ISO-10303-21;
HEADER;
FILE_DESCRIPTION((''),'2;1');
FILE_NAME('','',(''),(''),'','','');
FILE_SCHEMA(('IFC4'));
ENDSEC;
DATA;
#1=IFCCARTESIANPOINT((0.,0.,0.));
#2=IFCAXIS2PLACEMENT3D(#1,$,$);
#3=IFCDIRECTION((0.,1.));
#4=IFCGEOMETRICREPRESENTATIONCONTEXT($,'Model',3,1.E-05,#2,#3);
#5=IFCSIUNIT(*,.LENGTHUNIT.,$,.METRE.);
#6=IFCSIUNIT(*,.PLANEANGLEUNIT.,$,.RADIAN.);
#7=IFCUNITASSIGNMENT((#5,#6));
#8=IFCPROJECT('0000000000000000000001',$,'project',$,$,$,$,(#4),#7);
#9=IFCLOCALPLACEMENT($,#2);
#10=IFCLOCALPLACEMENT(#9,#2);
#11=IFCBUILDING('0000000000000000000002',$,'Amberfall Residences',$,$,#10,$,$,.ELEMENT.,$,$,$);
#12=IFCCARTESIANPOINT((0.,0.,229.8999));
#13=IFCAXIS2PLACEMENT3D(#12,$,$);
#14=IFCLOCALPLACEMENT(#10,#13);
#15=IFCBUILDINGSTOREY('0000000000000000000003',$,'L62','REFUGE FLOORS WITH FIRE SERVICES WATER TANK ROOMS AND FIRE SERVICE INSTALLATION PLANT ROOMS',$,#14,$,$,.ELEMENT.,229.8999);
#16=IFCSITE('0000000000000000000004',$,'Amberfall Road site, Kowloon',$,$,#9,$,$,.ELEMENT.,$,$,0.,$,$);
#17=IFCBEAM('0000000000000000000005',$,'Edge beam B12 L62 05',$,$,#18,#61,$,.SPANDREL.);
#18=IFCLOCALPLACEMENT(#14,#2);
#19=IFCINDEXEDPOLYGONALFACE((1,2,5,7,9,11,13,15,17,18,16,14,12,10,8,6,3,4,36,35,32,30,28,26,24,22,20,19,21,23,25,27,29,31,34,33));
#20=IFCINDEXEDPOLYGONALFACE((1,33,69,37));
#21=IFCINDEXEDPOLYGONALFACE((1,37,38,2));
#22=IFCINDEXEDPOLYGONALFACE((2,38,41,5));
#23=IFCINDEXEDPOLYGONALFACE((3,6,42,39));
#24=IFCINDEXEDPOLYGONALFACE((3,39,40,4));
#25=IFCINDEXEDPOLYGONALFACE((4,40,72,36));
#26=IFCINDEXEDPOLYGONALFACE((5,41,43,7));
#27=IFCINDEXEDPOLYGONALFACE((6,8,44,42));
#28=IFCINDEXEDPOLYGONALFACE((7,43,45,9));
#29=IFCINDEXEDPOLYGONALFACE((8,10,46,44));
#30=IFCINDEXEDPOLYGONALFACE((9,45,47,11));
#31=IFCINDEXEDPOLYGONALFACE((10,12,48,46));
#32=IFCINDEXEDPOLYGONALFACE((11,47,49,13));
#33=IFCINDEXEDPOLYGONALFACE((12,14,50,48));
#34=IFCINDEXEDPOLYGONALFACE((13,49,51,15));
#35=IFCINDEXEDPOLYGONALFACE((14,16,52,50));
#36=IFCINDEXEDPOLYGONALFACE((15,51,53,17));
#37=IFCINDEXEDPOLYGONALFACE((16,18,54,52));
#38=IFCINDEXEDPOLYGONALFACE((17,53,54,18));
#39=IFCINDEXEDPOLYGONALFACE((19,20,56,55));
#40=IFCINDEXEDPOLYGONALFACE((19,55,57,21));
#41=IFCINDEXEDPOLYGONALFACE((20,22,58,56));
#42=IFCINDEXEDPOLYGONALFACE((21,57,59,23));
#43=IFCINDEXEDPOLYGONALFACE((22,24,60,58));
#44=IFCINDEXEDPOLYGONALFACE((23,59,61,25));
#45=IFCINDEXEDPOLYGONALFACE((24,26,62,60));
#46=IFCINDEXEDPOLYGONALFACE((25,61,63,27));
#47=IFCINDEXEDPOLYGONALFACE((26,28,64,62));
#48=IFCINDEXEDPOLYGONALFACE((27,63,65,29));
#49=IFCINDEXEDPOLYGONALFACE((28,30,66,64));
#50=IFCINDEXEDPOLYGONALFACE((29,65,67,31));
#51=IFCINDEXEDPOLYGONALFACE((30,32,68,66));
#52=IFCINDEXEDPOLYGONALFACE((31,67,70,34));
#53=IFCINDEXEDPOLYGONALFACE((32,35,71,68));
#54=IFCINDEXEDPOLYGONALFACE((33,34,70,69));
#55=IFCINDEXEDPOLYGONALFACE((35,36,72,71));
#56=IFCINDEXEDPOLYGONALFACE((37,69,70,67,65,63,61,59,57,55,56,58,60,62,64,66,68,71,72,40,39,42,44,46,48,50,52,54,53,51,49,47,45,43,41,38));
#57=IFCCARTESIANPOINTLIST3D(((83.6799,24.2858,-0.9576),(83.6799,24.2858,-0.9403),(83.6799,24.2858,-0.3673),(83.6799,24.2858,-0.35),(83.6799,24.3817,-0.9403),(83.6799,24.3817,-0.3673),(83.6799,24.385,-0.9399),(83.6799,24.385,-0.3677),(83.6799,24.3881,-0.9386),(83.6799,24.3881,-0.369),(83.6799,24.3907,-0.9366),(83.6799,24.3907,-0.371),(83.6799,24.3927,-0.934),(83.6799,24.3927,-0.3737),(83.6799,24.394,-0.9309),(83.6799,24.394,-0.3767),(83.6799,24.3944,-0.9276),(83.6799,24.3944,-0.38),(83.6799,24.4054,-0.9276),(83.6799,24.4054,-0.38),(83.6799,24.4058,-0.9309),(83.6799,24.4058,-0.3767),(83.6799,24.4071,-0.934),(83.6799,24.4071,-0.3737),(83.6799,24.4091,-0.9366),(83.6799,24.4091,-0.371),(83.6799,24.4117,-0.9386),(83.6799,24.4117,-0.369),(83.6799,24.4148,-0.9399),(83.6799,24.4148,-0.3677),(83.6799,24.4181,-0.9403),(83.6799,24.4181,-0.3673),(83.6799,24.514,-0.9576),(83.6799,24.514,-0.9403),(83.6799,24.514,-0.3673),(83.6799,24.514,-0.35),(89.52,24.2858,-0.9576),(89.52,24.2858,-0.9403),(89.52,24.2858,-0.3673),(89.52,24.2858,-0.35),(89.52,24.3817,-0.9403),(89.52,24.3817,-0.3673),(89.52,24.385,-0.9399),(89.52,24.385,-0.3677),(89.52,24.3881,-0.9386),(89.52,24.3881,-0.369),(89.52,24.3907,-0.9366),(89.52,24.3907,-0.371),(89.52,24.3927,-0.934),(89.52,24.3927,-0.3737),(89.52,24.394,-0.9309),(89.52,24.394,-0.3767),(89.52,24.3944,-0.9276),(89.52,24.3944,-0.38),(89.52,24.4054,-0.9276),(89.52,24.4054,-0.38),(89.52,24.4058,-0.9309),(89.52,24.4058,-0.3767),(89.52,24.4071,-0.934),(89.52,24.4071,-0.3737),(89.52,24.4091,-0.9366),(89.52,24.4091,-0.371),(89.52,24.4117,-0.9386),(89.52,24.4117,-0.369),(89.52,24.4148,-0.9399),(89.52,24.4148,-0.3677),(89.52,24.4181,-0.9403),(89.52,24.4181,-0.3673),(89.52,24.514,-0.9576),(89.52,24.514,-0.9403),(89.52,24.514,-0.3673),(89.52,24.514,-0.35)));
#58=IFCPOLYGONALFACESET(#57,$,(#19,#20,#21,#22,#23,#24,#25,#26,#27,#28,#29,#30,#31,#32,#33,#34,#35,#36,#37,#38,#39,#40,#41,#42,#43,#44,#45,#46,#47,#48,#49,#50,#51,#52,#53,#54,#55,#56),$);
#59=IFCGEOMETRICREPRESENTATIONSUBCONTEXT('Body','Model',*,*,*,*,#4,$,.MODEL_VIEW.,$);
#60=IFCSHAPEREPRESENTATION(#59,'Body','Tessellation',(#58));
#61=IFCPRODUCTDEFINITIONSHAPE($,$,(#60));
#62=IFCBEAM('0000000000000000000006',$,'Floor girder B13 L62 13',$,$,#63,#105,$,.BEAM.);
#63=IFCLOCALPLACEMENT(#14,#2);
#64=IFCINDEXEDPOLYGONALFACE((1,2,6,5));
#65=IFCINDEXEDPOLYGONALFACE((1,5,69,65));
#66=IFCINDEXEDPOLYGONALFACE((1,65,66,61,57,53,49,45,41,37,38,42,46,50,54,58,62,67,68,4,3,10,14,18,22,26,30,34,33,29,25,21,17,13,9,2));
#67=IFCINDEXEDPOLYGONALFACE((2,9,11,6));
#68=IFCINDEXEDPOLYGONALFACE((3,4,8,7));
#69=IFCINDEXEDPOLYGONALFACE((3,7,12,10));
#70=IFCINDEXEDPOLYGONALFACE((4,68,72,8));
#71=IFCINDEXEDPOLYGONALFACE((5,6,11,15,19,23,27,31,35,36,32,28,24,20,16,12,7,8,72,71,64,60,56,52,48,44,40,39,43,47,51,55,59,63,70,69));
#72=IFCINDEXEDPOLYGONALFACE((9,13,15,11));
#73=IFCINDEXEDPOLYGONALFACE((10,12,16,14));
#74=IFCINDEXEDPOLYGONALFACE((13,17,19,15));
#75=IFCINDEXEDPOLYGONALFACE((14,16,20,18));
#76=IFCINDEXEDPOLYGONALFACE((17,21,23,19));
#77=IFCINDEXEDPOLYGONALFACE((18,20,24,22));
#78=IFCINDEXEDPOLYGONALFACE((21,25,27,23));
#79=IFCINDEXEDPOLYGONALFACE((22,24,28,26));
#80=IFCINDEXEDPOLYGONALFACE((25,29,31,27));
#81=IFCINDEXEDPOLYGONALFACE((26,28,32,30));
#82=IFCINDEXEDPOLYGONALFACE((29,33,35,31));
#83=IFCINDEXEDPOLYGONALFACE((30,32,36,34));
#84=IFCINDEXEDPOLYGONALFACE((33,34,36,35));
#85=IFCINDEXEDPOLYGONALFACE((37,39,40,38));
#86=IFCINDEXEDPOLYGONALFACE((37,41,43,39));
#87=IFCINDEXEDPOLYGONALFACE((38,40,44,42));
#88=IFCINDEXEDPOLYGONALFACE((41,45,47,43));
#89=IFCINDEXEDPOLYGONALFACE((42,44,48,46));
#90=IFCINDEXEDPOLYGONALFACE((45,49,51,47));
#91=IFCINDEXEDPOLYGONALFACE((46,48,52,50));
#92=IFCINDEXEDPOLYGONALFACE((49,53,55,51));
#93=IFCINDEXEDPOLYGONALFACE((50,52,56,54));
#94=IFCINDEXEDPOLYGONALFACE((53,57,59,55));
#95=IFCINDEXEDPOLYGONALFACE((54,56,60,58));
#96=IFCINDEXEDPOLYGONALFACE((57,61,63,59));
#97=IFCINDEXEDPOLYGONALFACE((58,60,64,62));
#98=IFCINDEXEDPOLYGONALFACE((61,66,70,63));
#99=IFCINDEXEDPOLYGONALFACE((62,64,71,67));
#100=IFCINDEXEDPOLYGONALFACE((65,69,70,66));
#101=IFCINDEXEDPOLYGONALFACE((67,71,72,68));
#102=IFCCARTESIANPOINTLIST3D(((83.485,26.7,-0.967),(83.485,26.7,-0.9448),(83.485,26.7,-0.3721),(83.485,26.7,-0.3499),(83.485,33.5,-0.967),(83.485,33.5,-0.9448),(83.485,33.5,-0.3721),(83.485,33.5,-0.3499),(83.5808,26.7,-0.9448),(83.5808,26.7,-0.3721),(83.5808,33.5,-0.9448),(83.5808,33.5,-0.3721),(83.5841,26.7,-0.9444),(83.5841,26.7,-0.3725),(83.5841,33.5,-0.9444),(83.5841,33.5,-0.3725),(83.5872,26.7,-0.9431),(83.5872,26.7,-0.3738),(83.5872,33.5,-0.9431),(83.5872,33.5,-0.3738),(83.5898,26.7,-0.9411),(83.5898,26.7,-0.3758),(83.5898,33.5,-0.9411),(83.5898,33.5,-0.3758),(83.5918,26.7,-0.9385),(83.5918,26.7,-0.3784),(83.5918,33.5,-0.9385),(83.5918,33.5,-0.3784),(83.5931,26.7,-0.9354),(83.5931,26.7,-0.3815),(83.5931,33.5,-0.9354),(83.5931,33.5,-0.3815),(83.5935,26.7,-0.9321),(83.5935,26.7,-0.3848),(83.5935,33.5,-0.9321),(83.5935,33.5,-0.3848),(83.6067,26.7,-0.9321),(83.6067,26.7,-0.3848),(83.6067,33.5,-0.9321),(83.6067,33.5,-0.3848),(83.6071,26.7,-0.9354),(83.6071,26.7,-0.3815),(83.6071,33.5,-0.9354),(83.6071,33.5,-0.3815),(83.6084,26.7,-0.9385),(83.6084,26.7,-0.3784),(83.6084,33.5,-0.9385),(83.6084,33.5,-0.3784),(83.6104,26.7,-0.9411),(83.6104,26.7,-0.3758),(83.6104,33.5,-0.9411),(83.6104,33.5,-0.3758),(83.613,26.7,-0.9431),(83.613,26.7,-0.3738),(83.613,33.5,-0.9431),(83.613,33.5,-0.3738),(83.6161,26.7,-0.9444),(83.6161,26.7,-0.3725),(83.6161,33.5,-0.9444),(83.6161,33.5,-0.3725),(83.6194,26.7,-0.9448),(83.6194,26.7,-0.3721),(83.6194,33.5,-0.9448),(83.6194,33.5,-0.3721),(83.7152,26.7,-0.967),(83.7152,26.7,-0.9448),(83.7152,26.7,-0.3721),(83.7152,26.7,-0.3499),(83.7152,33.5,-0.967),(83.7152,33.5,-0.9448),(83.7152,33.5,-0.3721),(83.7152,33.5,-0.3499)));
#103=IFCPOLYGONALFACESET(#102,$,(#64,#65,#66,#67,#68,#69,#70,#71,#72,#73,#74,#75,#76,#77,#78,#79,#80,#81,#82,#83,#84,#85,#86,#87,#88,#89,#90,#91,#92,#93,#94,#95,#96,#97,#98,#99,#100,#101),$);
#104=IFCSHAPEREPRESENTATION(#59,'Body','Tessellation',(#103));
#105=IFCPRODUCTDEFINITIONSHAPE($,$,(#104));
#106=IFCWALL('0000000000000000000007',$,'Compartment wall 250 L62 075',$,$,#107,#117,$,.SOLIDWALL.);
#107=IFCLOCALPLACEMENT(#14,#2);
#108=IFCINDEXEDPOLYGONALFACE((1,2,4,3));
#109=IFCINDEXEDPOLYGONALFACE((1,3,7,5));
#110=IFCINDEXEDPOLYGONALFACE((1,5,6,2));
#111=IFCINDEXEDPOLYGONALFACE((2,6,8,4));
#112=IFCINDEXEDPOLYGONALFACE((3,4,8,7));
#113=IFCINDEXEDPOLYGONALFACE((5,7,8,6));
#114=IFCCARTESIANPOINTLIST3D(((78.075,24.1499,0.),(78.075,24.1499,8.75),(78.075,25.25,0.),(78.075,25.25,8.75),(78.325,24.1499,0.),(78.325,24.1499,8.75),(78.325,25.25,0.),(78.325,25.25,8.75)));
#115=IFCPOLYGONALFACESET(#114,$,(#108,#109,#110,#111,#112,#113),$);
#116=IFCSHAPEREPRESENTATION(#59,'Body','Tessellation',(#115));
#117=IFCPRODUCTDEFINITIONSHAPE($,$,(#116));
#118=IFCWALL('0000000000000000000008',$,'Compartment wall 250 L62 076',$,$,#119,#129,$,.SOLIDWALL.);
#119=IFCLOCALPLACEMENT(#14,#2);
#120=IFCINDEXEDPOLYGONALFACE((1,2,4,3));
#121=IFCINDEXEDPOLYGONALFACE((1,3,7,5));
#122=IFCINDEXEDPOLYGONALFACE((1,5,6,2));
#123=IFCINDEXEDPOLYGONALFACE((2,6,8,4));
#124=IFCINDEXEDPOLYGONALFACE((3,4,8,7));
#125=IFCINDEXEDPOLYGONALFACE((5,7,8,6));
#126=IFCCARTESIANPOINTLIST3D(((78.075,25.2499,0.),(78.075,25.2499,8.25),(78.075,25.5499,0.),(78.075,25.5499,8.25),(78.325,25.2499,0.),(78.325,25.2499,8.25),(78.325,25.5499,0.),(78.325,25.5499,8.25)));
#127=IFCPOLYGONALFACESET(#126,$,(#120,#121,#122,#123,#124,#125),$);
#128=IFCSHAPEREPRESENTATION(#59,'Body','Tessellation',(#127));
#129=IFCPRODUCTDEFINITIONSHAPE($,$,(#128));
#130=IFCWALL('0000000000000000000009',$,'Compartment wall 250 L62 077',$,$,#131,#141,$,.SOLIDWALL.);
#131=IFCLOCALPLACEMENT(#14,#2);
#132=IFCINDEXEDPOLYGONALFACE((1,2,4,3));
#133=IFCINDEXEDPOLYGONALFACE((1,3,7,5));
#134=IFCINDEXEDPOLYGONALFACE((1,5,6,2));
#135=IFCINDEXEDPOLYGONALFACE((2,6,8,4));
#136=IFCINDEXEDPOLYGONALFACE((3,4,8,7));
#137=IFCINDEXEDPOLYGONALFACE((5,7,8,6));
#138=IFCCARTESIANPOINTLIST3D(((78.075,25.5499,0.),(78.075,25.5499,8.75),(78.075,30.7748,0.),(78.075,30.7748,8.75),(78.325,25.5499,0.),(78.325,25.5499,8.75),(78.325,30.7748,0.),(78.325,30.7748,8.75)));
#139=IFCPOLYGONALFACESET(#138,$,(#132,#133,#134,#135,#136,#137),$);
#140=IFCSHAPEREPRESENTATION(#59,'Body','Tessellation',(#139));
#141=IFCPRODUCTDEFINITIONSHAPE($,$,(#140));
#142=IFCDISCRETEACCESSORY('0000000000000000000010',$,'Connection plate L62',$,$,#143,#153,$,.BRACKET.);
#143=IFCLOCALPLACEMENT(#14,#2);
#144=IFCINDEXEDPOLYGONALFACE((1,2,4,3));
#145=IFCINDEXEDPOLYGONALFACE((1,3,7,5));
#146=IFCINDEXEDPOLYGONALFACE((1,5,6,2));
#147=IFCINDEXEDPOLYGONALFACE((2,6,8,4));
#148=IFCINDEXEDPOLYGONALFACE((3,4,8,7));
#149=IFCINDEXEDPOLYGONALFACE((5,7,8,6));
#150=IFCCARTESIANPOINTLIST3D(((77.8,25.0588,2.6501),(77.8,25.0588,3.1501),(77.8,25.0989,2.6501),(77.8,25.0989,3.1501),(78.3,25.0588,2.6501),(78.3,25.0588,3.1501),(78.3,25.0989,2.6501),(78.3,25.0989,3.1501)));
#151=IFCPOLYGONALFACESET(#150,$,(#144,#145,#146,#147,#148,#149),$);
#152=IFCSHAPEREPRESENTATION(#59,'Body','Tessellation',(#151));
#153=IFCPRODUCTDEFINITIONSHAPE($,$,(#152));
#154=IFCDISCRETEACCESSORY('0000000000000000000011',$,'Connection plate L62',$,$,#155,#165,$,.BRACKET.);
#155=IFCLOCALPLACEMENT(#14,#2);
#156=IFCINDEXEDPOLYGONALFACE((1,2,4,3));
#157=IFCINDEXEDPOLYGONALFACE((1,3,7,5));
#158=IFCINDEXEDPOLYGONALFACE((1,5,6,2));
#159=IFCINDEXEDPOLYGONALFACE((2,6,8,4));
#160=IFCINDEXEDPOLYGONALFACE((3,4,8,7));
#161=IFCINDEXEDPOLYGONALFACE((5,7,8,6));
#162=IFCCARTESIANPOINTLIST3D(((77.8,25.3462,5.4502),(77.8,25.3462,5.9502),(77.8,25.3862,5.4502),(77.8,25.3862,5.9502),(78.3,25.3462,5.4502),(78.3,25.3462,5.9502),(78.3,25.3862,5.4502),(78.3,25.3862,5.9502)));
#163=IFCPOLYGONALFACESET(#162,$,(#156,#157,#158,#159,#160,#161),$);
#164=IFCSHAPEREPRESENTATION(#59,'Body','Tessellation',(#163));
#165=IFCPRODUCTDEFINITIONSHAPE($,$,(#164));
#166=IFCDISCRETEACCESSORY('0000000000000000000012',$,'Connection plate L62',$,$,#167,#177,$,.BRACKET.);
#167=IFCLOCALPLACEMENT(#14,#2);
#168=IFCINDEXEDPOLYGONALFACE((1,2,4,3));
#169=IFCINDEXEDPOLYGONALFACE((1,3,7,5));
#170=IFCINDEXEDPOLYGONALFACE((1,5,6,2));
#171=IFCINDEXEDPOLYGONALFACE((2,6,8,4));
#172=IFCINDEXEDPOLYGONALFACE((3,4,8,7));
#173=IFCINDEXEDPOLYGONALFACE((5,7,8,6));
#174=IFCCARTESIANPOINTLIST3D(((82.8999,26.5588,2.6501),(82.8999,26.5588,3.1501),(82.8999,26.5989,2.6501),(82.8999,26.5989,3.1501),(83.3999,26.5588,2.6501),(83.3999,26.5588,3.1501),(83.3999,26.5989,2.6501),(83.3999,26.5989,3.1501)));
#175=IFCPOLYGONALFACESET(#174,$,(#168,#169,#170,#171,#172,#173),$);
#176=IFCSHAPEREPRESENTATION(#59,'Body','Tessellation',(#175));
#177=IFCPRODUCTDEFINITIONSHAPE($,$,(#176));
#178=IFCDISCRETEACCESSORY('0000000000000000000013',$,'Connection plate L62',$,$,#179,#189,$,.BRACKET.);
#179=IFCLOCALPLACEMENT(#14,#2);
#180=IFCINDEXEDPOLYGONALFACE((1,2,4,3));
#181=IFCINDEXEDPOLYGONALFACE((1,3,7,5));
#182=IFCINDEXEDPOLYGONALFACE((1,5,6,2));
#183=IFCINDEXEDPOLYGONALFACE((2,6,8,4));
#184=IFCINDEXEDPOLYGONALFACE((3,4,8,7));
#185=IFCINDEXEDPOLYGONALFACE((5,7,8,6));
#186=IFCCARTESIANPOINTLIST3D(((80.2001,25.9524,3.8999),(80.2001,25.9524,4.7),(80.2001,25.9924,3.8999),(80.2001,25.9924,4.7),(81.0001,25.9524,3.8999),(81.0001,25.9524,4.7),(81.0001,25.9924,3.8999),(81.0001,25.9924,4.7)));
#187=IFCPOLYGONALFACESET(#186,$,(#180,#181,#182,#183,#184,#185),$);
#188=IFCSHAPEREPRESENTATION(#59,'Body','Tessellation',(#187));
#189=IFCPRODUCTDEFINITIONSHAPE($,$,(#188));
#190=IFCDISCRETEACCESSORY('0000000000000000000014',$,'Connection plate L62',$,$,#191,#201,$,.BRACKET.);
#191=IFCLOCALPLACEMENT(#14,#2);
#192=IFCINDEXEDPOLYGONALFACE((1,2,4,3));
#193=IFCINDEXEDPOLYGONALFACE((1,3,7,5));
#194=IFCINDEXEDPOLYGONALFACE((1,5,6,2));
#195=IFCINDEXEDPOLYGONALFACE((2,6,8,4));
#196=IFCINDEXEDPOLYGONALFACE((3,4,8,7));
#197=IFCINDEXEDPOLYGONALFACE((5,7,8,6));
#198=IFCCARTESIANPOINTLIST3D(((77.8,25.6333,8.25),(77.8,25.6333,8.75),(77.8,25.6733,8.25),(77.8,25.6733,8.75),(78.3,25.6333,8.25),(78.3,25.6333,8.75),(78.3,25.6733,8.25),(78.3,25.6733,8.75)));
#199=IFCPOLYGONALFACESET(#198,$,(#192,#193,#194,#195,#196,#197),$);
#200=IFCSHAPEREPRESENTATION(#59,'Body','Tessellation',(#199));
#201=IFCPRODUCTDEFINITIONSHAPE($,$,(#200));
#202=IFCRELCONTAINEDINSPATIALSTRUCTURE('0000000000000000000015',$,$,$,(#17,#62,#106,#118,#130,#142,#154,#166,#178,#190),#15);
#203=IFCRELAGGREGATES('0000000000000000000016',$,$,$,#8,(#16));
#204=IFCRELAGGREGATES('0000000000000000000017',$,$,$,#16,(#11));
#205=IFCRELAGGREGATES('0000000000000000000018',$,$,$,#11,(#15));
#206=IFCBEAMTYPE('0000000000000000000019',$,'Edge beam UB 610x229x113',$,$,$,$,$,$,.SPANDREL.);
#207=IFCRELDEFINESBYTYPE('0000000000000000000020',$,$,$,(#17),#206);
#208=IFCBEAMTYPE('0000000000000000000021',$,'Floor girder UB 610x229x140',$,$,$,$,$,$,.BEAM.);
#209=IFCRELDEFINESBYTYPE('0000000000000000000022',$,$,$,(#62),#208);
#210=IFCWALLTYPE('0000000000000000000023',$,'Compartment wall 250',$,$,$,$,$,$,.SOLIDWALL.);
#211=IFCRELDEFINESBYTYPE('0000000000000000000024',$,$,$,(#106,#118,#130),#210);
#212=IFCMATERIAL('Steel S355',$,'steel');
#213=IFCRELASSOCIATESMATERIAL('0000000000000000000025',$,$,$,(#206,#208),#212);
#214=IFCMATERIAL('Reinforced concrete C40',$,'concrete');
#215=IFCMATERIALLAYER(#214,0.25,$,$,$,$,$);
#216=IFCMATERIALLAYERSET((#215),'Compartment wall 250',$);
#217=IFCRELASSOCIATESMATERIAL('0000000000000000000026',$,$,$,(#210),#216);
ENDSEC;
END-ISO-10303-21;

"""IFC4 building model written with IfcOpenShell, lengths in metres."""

from ifc_helpers import new_model, si_unit, direction, frame, frame_2d, origin, origin_2d, place, context, subcontext, project, spatial, rectangle, i_section, extrude, material, layer, layer_set, material_profile, profile_set, type_object, element, save


model = new_model("IFC4")

# Units and contexts
model_context = context("Model", 3, precision=1e-05, world=origin(), true_north=direction((0.0, 1.0)))
body_context = subcontext(model_context, "Body", "Model", "MODEL_VIEW")
ifc_project = project(units=[si_unit("LENGTHUNIT", "METRE"), si_unit("PLANEANGLEUNIT", "RADIAN")], contexts=[model_context])

# Site, building, storey
site_placement = place(None, origin())
site = spatial("IfcSite", under=ifc_project, at=site_placement, Name="Amberfall Road site, Kowloon", CompositionType="ELEMENT", RefElevation=0.0)
building_placement = place(site_placement, origin())
building = spatial("IfcBuilding", under=site, at=building_placement, Name="Amberfall Residences", CompositionType="ELEMENT")
storey_placement = place(building_placement, frame((0.0, 0.0, 229.8999)))
storey = spatial("IfcBuildingStorey", under=building, at=storey_placement, Name="L62", Description="REFUGE FLOORS WITH FIRE SERVICES WATER TANK ROOMS AND FIRE SERVICE INSTALLATION PLANT ROOMS", CompositionType="ELEMENT", Elevation=229.8999)

# Shared definitions
ifc_material_1 = material(Name="Steel S355", Category="steel")

# Beams
ifc_material_profile_1 = material_profile(ifc_material_1, i_section(OverallWidth=0.2283, OverallDepth=0.6077, WebThickness=0.011, FlangeThickness=0.0173, FilletRadius=0.0127, at=origin_2d()), Name="UB 610x229x113")
ifc_profile_set_1 = profile_set([ifc_material_profile_1], Name="Steel S355")
beam_type_1 = type_object("IfcBeamType", Name="Edge beam UB 610x229x113", PredefinedType="SPANDREL", material=ifc_profile_set_1)
beam_1_placement = place(storey_placement, frame((83.6799, 24.3999, -0.6538), z_axis=(1.0, 0.0, 0.0), x_axis=(0.0, 1.0, 0.0)))
element("IfcBeam", 1, at=beam_1_placement, inside=storey, type_object=beam_type_1, Name="Edge beam B12 L62 05", PredefinedType="SPANDREL", context=body_context, shape_type="SweptSolid", body=[
    extrude(i_section(OverallWidth=0.2283, OverallDepth=0.6077, WebThickness=0.011, FlangeThickness=0.0173, FilletRadius=0.0127, at=origin_2d()), origin(), (0.0, 0.0, 1.0), 5.8401),
])
ifc_material_profile_2 = material_profile(ifc_material_1, i_section(OverallWidth=0.2302, OverallDepth=0.6172, WebThickness=0.0132, FlangeThickness=0.0222, FilletRadius=0.0127, at=origin_2d()), Name="UB 610x229x140")
ifc_profile_set_2 = profile_set([ifc_material_profile_2], Name="Steel S355")
beam_type_2 = type_object("IfcBeamType", Name="Floor girder UB 610x229x140", PredefinedType="BEAM", material=ifc_profile_set_2)
beam_2_placement = place(storey_placement, frame((83.6001, 26.7, -0.6584), z_axis=(0.0, 1.0, 0.0), x_axis=(-1.0, 0.0, 0.0)))
element("IfcBeam", 2, at=beam_2_placement, inside=storey, type_object=beam_type_2, Name="Floor girder B13 L62 13", PredefinedType="BEAM", context=body_context, shape_type="SweptSolid", body=[
    extrude(i_section(OverallWidth=0.2302, OverallDepth=0.6172, WebThickness=0.0132, FlangeThickness=0.0222, FilletRadius=0.0127, at=origin_2d()), origin(), (0.0, 0.0, 1.0), 6.8),
])

# Walls
ifc_material_2 = material(Name="Reinforced concrete C40", Category="concrete")
ifc_layer = layer(ifc_material_2, 0.25)
ifc_layer_set = layer_set([ifc_layer], Name="Compartment wall 250")
wall_type = type_object("IfcWallType", Name="Compartment wall 250", PredefinedType="SOLIDWALL", material=ifc_layer_set)
wall_1_placement = place(storey_placement, frame((78.2, 24.1499, 0.0), z_axis=(0.0, 0.0, 1.0), x_axis=(0.0, 1.0, 0.0)))
element("IfcWall", 3, at=wall_1_placement, inside=storey, type_object=wall_type, Name="Compartment wall 250 L62 075", PredefinedType="SOLIDWALL", context=body_context, shape_type="SweptSolid", body=[
    extrude(rectangle(XDim=1.1001, YDim=0.25, at=frame_2d((0.55, 0.0))), origin(), (0.0, 0.0, 1.0), 8.75),
])
wall_2_placement = place(storey_placement, frame((78.2, 25.25, 0.0), z_axis=(0.0, 0.0, 1.0), x_axis=(0.0, 1.0, 0.0)))
element("IfcWall", 4, at=wall_2_placement, inside=storey, type_object=wall_type, Name="Compartment wall 250 L62 076", PredefinedType="SOLIDWALL", context=body_context, shape_type="SweptSolid", body=[
    extrude(rectangle(XDim=0.3, YDim=0.25, at=frame_2d((0.1499, 0.0))), origin(), (0.0, 0.0, 1.0), 8.25),
])
wall_3_placement = place(storey_placement, frame((78.2, 25.55, 0.0), z_axis=(0.0, 0.0, 1.0), x_axis=(0.0, 1.0, 0.0)))
element("IfcWall", 5, at=wall_3_placement, inside=storey, type_object=wall_type, Name="Compartment wall 250 L62 077", PredefinedType="SOLIDWALL", context=body_context, shape_type="SweptSolid", body=[
    extrude(rectangle(XDim=5.2249, YDim=0.25, at=frame_2d((2.6123, 0.0))), origin(), (0.0, 0.0, 1.0), 8.75),
])

# Discrete accessories
for number, where, z_axis, x_axis, name in (
    (6, (78.05, 25.0789, 2.6501), (0.0, 0.0, 1.0), (1.0, 0.0, 0.0), "Connection plate L62"),
    (7, (78.05, 25.3662, 5.4502), (0.0, 0.0, 1.0), (1.0, 0.0, 0.0), "Connection plate L62"),
    (8, (83.1499, 26.5789, 2.6501), (0.0, 0.0, 1.0), (1.0, 0.0, 0.0), "Connection plate L62"),
):
    element("IfcDiscreteAccessory", number, at=place(storey_placement, frame(where, z_axis=z_axis, x_axis=x_axis)), inside=storey, Name=name, PredefinedType="BRACKET", context=body_context, shape_type="SweptSolid", body=[
        extrude(rectangle(XDim=0.5, YDim=0.04, at=origin_2d()), origin(), (0.0, 0.0, 1.0), 0.5),
    ])
discrete_accessory_1_placement = place(storey_placement, frame((80.6001, 25.9724, 3.8999), z_axis=(0.0, 0.0, 1.0), x_axis=(1.0, 0.0, 0.0)))
element("IfcDiscreteAccessory", 9, at=discrete_accessory_1_placement, inside=storey, Name="Connection plate L62", PredefinedType="BRACKET", context=body_context, shape_type="SweptSolid", body=[
    extrude(rectangle(XDim=0.8, YDim=0.04, at=origin_2d()), origin(), (0.0, 0.0, 1.0), 0.8),
])
discrete_accessory_2_placement = place(storey_placement, frame((78.05, 25.6533, 8.25), z_axis=(0.0, 0.0, 1.0), x_axis=(1.0, 0.0, 0.0)))
element("IfcDiscreteAccessory", 10, at=discrete_accessory_2_placement, inside=storey, Name="Connection plate L62", PredefinedType="BRACKET", context=body_context, shape_type="SweptSolid", body=[
    extrude(rectangle(XDim=0.5, YDim=0.04, at=origin_2d()), origin(), (0.0, 0.0, 1.0), 0.5),
])

save(model, "model.ifc")
